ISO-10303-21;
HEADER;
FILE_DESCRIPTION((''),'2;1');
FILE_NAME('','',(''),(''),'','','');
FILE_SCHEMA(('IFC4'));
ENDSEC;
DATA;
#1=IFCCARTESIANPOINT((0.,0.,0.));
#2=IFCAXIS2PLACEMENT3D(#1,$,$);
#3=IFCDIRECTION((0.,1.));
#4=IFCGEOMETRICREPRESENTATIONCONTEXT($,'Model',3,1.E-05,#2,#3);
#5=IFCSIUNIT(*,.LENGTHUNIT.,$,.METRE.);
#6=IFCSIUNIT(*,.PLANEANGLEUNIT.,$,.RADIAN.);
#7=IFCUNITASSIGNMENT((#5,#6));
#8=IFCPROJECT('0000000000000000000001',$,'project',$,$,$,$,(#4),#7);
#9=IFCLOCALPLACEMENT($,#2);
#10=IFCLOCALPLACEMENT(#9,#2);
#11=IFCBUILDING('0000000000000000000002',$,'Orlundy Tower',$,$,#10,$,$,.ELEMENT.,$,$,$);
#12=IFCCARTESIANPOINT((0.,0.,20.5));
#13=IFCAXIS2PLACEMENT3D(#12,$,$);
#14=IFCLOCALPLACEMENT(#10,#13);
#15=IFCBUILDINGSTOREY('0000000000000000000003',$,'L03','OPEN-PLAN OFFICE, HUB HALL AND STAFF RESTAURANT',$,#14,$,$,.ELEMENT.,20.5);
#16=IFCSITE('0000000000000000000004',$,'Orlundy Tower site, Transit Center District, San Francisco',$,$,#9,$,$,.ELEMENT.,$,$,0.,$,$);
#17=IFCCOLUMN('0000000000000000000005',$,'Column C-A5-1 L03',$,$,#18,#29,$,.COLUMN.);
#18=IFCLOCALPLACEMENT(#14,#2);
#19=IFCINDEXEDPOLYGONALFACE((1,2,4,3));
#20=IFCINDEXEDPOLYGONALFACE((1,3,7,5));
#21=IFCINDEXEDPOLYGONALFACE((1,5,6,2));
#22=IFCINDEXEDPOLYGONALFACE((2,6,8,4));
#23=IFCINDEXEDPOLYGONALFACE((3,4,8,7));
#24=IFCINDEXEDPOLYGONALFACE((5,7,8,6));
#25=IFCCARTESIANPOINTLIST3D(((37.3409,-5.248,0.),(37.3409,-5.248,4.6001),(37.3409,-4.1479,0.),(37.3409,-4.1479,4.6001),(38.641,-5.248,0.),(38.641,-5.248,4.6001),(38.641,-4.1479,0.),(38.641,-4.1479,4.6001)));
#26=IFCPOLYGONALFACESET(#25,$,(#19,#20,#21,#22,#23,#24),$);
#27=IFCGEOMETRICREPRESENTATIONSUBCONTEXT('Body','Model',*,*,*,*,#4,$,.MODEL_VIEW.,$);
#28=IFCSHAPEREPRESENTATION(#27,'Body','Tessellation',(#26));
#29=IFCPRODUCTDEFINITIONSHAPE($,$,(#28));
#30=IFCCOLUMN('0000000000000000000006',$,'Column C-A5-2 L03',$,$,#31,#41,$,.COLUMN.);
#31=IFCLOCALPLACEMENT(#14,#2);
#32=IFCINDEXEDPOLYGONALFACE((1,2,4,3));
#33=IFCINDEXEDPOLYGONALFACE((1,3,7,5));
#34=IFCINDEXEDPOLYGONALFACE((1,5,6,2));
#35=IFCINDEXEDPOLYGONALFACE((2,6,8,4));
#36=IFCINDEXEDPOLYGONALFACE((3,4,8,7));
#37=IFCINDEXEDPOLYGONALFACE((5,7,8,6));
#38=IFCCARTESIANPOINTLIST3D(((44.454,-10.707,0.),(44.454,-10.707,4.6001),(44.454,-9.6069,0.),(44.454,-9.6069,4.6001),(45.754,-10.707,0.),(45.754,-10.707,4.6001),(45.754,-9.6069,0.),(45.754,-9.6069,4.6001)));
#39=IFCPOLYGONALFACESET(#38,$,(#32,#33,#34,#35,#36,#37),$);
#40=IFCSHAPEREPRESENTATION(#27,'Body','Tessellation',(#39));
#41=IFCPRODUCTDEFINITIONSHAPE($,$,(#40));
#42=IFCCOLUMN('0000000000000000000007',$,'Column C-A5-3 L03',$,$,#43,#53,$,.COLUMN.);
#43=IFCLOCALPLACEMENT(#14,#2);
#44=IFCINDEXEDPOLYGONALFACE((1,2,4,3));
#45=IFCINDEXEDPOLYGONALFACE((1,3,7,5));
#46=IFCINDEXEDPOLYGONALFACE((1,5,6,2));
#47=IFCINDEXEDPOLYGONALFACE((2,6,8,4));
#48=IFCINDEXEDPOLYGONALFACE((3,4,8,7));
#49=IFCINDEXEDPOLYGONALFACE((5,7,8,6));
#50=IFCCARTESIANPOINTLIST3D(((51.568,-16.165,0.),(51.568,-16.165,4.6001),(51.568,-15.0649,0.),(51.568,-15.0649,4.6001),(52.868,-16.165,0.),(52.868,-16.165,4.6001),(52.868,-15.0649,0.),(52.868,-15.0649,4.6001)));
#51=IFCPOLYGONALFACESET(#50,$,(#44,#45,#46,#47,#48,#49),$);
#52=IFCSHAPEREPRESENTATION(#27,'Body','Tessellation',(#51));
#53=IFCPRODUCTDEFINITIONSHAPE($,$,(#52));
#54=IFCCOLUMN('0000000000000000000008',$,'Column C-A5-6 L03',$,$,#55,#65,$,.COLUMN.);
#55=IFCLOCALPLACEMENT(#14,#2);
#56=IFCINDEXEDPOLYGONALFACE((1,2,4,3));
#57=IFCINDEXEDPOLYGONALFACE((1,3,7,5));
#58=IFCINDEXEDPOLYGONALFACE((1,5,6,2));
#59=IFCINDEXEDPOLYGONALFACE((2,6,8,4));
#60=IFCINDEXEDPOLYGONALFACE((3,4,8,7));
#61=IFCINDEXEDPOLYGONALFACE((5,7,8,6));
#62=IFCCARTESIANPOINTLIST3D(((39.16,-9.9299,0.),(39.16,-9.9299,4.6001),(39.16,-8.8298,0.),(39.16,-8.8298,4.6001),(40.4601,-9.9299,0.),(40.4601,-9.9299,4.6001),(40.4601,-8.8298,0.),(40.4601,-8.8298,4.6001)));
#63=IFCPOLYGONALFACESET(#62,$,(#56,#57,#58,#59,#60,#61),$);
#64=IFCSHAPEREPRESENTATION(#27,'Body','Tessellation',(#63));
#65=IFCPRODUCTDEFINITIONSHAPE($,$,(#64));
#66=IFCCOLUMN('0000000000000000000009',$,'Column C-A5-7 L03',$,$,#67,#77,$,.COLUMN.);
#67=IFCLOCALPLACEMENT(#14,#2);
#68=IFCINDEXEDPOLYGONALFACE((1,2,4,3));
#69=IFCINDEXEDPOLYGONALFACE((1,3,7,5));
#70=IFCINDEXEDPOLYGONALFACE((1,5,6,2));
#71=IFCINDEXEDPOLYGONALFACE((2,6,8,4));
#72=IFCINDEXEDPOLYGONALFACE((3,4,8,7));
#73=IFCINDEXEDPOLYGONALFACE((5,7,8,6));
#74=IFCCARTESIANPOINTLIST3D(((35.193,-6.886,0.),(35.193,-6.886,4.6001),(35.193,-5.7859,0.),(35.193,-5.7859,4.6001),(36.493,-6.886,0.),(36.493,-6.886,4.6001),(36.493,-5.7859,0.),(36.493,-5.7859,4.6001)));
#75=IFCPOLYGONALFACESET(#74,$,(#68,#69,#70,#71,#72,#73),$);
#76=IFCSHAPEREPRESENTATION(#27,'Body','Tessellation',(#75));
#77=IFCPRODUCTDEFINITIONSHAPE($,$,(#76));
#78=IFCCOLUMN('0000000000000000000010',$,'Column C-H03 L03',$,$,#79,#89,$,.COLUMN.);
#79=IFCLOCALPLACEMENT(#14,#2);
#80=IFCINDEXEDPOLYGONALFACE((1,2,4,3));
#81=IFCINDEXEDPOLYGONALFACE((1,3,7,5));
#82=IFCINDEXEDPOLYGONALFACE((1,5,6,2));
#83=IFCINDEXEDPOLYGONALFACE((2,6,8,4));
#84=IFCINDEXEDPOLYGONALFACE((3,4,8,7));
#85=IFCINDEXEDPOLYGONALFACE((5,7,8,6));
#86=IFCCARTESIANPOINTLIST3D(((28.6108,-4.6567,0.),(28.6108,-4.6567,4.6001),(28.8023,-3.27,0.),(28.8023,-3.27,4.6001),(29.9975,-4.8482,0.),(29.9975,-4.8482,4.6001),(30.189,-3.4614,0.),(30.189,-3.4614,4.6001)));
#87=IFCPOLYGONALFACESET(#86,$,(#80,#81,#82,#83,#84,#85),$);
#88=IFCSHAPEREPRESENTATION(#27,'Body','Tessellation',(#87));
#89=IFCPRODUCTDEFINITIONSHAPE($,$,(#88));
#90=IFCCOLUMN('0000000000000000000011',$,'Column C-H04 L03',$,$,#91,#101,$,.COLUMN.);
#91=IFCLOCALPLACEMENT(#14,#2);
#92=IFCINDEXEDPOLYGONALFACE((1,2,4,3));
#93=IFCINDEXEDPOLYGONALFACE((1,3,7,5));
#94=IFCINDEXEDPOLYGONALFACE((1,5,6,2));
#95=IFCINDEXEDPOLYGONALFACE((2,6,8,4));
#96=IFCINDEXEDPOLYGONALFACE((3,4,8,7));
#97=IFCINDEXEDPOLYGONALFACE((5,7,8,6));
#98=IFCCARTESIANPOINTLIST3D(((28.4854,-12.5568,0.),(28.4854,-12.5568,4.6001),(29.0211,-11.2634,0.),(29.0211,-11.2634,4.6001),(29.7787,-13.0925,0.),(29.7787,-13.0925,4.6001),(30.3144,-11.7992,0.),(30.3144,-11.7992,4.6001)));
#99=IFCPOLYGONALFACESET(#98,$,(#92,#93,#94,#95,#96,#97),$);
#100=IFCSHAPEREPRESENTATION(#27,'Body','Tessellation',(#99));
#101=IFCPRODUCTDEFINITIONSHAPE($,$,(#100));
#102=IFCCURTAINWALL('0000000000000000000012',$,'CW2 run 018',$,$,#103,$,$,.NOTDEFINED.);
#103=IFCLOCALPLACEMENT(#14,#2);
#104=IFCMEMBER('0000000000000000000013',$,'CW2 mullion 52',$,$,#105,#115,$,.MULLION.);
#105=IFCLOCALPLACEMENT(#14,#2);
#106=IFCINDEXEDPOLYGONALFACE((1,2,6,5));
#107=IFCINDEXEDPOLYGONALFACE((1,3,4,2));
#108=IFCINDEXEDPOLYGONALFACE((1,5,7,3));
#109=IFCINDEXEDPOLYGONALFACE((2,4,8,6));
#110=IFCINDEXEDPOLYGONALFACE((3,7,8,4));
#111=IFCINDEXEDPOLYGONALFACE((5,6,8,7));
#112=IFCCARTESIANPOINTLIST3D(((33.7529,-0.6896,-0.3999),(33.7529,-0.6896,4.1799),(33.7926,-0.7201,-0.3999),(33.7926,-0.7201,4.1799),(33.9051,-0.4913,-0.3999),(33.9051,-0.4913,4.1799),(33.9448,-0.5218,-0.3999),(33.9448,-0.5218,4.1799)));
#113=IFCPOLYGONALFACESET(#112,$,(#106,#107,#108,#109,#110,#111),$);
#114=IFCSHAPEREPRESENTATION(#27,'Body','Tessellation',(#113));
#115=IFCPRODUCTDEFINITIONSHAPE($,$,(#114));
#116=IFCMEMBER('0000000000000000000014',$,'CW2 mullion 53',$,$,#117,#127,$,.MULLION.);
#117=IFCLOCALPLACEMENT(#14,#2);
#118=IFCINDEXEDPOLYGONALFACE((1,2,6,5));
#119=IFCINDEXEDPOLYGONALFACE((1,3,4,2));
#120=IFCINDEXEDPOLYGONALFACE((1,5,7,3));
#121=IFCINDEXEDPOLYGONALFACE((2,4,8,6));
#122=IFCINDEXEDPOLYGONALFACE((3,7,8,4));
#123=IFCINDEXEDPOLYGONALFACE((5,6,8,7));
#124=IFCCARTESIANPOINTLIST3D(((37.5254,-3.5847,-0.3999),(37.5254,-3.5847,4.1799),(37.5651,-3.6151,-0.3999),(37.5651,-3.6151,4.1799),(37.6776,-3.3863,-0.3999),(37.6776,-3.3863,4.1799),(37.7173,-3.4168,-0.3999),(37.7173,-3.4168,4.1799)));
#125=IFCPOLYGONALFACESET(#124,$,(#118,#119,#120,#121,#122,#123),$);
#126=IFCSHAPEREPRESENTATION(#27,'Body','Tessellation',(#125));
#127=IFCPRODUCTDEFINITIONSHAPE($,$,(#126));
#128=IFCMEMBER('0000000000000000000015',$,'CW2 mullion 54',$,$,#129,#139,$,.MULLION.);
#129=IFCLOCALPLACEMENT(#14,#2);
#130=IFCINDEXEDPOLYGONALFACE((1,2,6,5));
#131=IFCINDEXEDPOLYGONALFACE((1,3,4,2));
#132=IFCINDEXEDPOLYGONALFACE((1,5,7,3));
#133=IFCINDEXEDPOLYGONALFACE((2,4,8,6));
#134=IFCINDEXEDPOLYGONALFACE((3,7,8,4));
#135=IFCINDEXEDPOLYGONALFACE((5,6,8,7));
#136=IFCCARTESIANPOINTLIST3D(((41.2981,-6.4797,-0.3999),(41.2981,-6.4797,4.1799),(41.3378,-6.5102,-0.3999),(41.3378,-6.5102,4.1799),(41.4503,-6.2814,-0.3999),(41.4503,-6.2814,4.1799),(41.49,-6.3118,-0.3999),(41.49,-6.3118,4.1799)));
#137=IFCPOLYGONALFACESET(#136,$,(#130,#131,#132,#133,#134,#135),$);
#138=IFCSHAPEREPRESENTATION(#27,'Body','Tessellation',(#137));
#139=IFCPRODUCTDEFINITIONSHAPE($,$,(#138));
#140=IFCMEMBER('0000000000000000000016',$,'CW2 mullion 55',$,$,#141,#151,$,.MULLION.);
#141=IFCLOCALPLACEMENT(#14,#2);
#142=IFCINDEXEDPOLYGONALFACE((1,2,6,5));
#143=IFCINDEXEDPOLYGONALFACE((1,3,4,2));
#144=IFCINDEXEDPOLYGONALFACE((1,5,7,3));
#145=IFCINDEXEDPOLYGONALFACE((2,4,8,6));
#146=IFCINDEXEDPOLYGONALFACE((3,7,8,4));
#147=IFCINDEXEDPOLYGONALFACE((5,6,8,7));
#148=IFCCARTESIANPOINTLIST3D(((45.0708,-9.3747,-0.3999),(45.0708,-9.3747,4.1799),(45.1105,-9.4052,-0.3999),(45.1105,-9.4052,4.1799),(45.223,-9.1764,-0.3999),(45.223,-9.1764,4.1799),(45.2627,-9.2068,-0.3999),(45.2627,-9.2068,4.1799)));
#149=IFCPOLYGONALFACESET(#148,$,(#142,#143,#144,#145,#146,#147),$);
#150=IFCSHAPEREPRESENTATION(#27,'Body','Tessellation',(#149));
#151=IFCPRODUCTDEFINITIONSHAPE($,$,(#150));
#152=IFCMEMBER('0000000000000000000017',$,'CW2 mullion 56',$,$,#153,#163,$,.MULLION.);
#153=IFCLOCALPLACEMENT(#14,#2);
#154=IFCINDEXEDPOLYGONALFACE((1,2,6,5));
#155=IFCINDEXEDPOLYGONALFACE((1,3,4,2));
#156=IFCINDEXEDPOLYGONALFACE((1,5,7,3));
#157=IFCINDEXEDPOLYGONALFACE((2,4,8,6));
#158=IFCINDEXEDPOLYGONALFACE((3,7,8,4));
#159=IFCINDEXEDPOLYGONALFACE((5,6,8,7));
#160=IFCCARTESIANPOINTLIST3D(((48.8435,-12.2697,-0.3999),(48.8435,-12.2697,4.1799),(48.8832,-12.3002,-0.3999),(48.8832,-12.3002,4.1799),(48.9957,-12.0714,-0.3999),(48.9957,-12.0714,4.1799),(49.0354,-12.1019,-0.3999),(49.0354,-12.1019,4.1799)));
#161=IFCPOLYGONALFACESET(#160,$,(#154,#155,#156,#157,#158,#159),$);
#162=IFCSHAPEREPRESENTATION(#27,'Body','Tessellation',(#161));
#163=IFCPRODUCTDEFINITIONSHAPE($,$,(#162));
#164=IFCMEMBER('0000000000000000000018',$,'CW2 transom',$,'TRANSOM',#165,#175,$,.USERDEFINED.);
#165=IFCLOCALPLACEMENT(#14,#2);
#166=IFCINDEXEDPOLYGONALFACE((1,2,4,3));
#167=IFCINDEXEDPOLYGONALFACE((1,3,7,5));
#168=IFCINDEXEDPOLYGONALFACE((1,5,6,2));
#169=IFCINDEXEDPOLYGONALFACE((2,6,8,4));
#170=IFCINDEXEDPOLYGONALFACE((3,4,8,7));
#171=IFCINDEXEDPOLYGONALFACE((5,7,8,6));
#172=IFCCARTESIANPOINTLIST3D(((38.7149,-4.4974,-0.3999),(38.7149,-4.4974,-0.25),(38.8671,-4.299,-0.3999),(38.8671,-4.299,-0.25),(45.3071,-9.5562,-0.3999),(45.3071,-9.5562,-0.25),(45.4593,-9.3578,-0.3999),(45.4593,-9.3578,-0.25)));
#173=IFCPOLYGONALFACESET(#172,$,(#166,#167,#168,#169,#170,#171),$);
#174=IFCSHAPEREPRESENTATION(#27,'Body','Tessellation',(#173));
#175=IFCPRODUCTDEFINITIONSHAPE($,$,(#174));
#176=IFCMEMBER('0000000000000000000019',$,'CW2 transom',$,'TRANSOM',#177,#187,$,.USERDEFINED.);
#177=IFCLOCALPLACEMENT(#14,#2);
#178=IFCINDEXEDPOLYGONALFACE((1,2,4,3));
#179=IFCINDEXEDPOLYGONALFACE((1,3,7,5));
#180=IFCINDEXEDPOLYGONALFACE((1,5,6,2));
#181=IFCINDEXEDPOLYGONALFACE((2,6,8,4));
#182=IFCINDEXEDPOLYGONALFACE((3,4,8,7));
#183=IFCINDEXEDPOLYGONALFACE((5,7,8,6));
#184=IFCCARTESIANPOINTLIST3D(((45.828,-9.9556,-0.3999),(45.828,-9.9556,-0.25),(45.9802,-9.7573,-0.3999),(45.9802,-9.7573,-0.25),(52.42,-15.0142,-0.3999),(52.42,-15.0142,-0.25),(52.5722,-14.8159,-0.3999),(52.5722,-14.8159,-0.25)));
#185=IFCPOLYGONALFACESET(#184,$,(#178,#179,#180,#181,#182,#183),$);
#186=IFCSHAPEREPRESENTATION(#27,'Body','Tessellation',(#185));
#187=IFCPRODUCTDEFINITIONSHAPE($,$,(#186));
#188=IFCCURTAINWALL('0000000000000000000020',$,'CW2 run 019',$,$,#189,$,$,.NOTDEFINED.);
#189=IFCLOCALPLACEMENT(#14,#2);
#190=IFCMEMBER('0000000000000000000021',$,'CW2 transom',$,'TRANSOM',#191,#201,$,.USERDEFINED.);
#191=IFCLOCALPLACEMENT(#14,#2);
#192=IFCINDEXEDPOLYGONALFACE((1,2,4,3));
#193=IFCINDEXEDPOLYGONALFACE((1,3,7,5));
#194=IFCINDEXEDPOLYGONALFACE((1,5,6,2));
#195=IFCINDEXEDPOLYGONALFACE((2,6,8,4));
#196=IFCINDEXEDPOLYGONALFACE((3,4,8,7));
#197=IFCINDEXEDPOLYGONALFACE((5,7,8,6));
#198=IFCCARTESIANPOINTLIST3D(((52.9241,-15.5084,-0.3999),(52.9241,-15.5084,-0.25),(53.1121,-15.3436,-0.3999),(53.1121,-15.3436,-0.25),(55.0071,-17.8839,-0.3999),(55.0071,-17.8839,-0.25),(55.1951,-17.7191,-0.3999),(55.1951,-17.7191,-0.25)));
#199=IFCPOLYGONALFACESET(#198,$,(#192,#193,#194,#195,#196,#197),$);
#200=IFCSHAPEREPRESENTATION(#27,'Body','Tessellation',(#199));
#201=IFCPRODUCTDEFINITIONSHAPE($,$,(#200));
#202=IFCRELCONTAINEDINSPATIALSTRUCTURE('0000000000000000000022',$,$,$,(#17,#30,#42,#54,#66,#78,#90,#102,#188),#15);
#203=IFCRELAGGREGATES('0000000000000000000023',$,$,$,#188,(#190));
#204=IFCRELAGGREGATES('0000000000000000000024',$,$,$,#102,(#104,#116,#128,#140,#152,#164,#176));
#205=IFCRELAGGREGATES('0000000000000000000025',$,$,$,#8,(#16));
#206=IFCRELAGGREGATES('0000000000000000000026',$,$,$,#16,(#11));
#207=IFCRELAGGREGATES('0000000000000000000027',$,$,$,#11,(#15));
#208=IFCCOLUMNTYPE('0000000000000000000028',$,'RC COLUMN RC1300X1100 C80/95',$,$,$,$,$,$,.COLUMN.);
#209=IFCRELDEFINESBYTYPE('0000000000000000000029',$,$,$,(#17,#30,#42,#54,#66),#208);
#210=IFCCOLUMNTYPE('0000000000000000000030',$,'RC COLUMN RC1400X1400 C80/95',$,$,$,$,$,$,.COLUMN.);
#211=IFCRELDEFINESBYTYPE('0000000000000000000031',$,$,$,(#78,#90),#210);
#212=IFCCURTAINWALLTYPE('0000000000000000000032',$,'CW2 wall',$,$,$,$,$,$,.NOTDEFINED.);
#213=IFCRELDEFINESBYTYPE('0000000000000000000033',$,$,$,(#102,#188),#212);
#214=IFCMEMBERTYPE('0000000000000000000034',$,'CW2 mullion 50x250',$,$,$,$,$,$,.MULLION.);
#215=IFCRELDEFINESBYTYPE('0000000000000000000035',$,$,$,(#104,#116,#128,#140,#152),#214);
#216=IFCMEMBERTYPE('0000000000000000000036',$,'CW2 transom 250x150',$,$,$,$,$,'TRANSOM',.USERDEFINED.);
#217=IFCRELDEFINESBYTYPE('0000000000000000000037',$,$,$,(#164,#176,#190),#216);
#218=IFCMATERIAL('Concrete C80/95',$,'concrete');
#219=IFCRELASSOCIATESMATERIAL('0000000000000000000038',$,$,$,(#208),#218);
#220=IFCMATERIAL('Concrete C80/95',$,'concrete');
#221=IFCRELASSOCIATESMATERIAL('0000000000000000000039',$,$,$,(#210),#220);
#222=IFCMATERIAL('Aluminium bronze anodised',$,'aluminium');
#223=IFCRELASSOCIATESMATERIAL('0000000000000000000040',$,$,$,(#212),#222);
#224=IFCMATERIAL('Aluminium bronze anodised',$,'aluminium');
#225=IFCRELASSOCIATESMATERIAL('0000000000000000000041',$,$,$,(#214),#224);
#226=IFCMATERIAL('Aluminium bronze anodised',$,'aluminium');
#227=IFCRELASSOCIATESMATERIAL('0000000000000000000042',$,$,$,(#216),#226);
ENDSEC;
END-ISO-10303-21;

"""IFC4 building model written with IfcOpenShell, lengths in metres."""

from ifc_helpers import new_model, si_unit, direction, frame, origin, origin_2d, place, context, subcontext, project, spatial, rectangle, extrude, material, material_profile, profile_set, type_object, element, aggregate, save


model = new_model("IFC4")

# Units and contexts
model_context = context("Model", 3, precision=1e-05, world=origin(), true_north=direction((0.0, 1.0)))
body_context = subcontext(model_context, "Body", "Model", "MODEL_VIEW")
ifc_project = project(units=[si_unit("LENGTHUNIT", "METRE"), si_unit("PLANEANGLEUNIT", "RADIAN")], contexts=[model_context])

# Site, building, storey
site_placement = place(None, origin())
site = spatial("IfcSite", under=ifc_project, at=site_placement, Name="Orlundy Tower site, Transit Center District, San Francisco", CompositionType="ELEMENT", RefElevation=0.0)
building_placement = place(site_placement, origin())
building = spatial("IfcBuilding", under=site, at=building_placement, Name="Orlundy Tower", CompositionType="ELEMENT")
storey_placement = place(building_placement, frame((0.0, 0.0, 20.5)))
storey = spatial("IfcBuildingStorey", under=building, at=storey_placement, Name="L03", Description="OPEN-PLAN OFFICE, HUB HALL AND STAFF RESTAURANT", CompositionType="ELEMENT", Elevation=20.5)

# Columns
ifc_material_1 = material(Name="Concrete C80/95", Category="concrete")
ifc_material_profile_1 = material_profile(ifc_material_1, rectangle(XDim=1.3, YDim=1.1001, at=origin_2d()), Name="RC1300X1100")
ifc_profile_set_1 = profile_set([ifc_material_profile_1], Name="Concrete C80/95")
column_type_1 = type_object("IfcColumnType", Name="RC COLUMN RC1300X1100 C80/95", PredefinedType="COLUMN", material=ifc_profile_set_1)
for number, where, z_axis, x_axis, name in (
    (1, (37.991, -4.698, 0.0), (0.0, 0.0, 1.0), (1.0, 0.0, 0.0), "Column C-A5-1 L03"),
    (2, (45.104, -10.157, 0.0), (0.0, 0.0, 1.0), (1.0, 0.0, 0.0), "Column C-A5-2 L03"),
    (3, (52.218, -15.615, 0.0), (0.0, 0.0, 1.0), (1.0, 0.0, 0.0), "Column C-A5-3 L03"),
    (4, (39.8101, -9.3799, 0.0), (0.0, 0.0, 1.0), (1.0, 0.0, 0.0), "Column C-A5-6 L03"),
    (5, (35.843, -6.3359, 0.0), (0.0, 0.0, 1.0), (1.0, 0.0, 0.0), "Column C-A5-7 L03"),
):
    element("IfcColumn", number, at=place(storey_placement, frame(where, z_axis=z_axis, x_axis=x_axis)), inside=storey, type_object=column_type_1, Name=name, PredefinedType="COLUMN", context=body_context, shape_type="SweptSolid", body=[
        extrude(rectangle(XDim=1.3, YDim=1.1001, at=origin_2d()), origin(), (0.0, 0.0, 1.0), 4.6001),
    ])
ifc_material_2 = material(Name="Concrete C80/95", Category="concrete")
ifc_material_profile_2 = material_profile(ifc_material_2, rectangle(XDim=1.3999, YDim=1.3999, at=origin_2d()), Name="RC1400X1400")
ifc_profile_set_2 = profile_set([ifc_material_profile_2], Name="Concrete C80/95")
column_type_2 = type_object("IfcColumnType", Name="RC COLUMN RC1400X1400 C80/95", PredefinedType="COLUMN", material=ifc_profile_set_2)
for number, where, z_axis, x_axis, name in (
    (6, (29.3999, -4.0591, 0.0), (0.0, 0.0, 1.0), (0.990603, -0.13677, 0.0), "Column C-H03 L03"),
    (7, (29.3999, -12.178, 0.0), (0.0, 0.0, 1.0), (0.92388, -0.382683, 0.0), "Column C-H04 L03"),
):
    element("IfcColumn", number, at=place(storey_placement, frame(where, z_axis=z_axis, x_axis=x_axis)), inside=storey, type_object=column_type_2, Name=name, PredefinedType="COLUMN", context=body_context, shape_type="SweptSolid", body=[
        extrude(rectangle(XDim=1.3999, YDim=1.3999, at=origin_2d()), origin(), (0.0, 0.0, 1.0), 4.6001),
    ])

# Curtain wall, members
ifc_material_3 = material(Name="Aluminium bronze anodised", Category="aluminium")
curtain_wall_type = type_object("IfcCurtainWallType", Name="CW2 wall", PredefinedType="NOTDEFINED", material=ifc_material_3)
curtain_wall_1_placement = place(storey_placement, origin())
curtain_wall_1 = element("IfcCurtainWall", 8, at=curtain_wall_1_placement, inside=storey, type_object=curtain_wall_type, Name="CW2 run 018", PredefinedType="NOTDEFINED")
ifc_material_4 = material(Name="Aluminium bronze anodised", Category="aluminium")
ifc_material_profile_3 = material_profile(ifc_material_4, rectangle(XDim=0.25, YDim=0.05, at=origin_2d()), Name="CW2 mullion 50x250")
ifc_profile_set_3 = profile_set([ifc_material_profile_3], Name="Aluminium bronze anodised")
member_type_1 = type_object("IfcMemberType", Name="CW2 mullion 50x250", PredefinedType="MULLION", material=ifc_profile_set_3)
member_1_placement = place(storey_placement, frame((33.8489, -0.6057, -0.3999), z_axis=(0.0, 0.0, 1.0), x_axis=(0.608779, 0.79334, 0.0)))
member_1 = element("IfcMember", 9, at=member_1_placement, type_object=member_type_1, Name="CW2 mullion 52", PredefinedType="MULLION", context=body_context, shape_type="SweptSolid", body=[
    extrude(rectangle(XDim=0.25, YDim=0.05, at=origin_2d()), origin(), (0.0, 0.0, 1.0), 4.5798),
])
member_2_placement = place(storey_placement, frame((37.6213, -3.5007, -0.3999), z_axis=(0.0, 0.0, 1.0), x_axis=(0.608779, 0.79334, 0.0)))
member_2 = element("IfcMember", 10, at=member_2_placement, type_object=member_type_1, Name="CW2 mullion 53", PredefinedType="MULLION", context=body_context, shape_type="SweptSolid", body=[
    extrude(rectangle(XDim=0.25, YDim=0.05, at=origin_2d()), origin(), (0.0, 0.0, 1.0), 4.5798),
])
member_3_placement = place(storey_placement, frame((41.394, -6.3958, -0.3999), z_axis=(0.0, 0.0, 1.0), x_axis=(0.608779, 0.79334, 0.0)))
member_3 = element("IfcMember", 11, at=member_3_placement, type_object=member_type_1, Name="CW2 mullion 54", PredefinedType="MULLION", context=body_context, shape_type="SweptSolid", body=[
    extrude(rectangle(XDim=0.25, YDim=0.05, at=origin_2d()), origin(), (0.0, 0.0, 1.0), 4.5798),
])
member_4_placement = place(storey_placement, frame((45.1667, -9.2908, -0.3999), z_axis=(0.0, 0.0, 1.0), x_axis=(0.608779, 0.79334, 0.0)))
member_4 = element("IfcMember", 12, at=member_4_placement, type_object=member_type_1, Name="CW2 mullion 55", PredefinedType="MULLION", context=body_context, shape_type="SweptSolid", body=[
    extrude(rectangle(XDim=0.25, YDim=0.05, at=origin_2d()), origin(), (0.0, 0.0, 1.0), 4.5798),
])
member_5_placement = place(storey_placement, frame((48.9395, -12.1858, -0.3999), z_axis=(0.0, 0.0, 1.0), x_axis=(0.608779, 0.79334, 0.0)))
member_5 = element("IfcMember", 13, at=member_5_placement, type_object=member_type_1, Name="CW2 mullion 56", PredefinedType="MULLION", context=body_context, shape_type="SweptSolid", body=[
    extrude(rectangle(XDim=0.25, YDim=0.05, at=origin_2d()), origin(), (0.0, 0.0, 1.0), 4.5798),
])
ifc_material_5 = material(Name="Aluminium bronze anodised", Category="aluminium")
ifc_material_profile_4 = material_profile(ifc_material_5, rectangle(XDim=0.25, YDim=0.1499, at=origin_2d()), Name="CW2 transom 250x150")
ifc_profile_set_4 = profile_set([ifc_material_profile_4], Name="Aluminium bronze anodised")
member_type_2 = type_object("IfcMemberType", Name="CW2 transom 250x150", ElementType="TRANSOM", PredefinedType="USERDEFINED", material=ifc_profile_set_4)
member_6_placement = place(storey_placement, frame((38.791, -4.3982, -0.325), z_axis=(0.79333, -0.608792, 0.0), x_axis=(0.608792, 0.79333, 0.0)))
member_6 = element("IfcMember", 14, at=member_6_placement, type_object=member_type_2, Name="CW2 transom", ObjectType="TRANSOM", PredefinedType="USERDEFINED", context=body_context, shape_type="SweptSolid", body=[
    extrude(rectangle(XDim=0.25, YDim=0.1499, at=origin_2d()), origin(), (0.0, 0.0, 1.0), 8.3096),
])
member_7_placement = place(storey_placement, frame((45.9041, -9.8564, -0.325), z_axis=(0.793333, -0.608787, 0.0), x_axis=(0.608787, 0.793333, 0.0)))
member_7 = element("IfcMember", 15, at=member_7_placement, type_object=member_type_2, Name="CW2 transom", ObjectType="TRANSOM", PredefinedType="USERDEFINED", context=body_context, shape_type="SweptSolid", body=[
    extrude(rectangle(XDim=0.25, YDim=0.1499, at=origin_2d()), origin(), (0.0, 0.0, 1.0), 8.3093),
])

# Curtain wall, member
curtain_wall_2_placement = place(storey_placement, origin())
curtain_wall_2 = element("IfcCurtainWall", 16, at=curtain_wall_2_placement, inside=storey, type_object=curtain_wall_type, Name="CW2 run 019", PredefinedType="NOTDEFINED")
member_8_placement = place(storey_placement, frame((53.0181, -15.426, -0.325), z_axis=(0.659303, -0.751877, 0.0), x_axis=(0.751877, 0.659303, 0.0)))
member_8 = element("IfcMember", 17, at=member_8_placement, type_object=member_type_2, Name="CW2 transom", ObjectType="TRANSOM", PredefinedType="USERDEFINED", context=body_context, shape_type="SweptSolid", body=[
    extrude(rectangle(XDim=0.25, YDim=0.1499, at=origin_2d()), origin(), (0.0, 0.0, 1.0), 3.1594),
])
aggregate(curtain_wall_2, [member_8])

aggregate(curtain_wall_1, [member_1, member_2, member_3, member_4, member_5, member_6, member_7])

save(model, "model.ifc")
